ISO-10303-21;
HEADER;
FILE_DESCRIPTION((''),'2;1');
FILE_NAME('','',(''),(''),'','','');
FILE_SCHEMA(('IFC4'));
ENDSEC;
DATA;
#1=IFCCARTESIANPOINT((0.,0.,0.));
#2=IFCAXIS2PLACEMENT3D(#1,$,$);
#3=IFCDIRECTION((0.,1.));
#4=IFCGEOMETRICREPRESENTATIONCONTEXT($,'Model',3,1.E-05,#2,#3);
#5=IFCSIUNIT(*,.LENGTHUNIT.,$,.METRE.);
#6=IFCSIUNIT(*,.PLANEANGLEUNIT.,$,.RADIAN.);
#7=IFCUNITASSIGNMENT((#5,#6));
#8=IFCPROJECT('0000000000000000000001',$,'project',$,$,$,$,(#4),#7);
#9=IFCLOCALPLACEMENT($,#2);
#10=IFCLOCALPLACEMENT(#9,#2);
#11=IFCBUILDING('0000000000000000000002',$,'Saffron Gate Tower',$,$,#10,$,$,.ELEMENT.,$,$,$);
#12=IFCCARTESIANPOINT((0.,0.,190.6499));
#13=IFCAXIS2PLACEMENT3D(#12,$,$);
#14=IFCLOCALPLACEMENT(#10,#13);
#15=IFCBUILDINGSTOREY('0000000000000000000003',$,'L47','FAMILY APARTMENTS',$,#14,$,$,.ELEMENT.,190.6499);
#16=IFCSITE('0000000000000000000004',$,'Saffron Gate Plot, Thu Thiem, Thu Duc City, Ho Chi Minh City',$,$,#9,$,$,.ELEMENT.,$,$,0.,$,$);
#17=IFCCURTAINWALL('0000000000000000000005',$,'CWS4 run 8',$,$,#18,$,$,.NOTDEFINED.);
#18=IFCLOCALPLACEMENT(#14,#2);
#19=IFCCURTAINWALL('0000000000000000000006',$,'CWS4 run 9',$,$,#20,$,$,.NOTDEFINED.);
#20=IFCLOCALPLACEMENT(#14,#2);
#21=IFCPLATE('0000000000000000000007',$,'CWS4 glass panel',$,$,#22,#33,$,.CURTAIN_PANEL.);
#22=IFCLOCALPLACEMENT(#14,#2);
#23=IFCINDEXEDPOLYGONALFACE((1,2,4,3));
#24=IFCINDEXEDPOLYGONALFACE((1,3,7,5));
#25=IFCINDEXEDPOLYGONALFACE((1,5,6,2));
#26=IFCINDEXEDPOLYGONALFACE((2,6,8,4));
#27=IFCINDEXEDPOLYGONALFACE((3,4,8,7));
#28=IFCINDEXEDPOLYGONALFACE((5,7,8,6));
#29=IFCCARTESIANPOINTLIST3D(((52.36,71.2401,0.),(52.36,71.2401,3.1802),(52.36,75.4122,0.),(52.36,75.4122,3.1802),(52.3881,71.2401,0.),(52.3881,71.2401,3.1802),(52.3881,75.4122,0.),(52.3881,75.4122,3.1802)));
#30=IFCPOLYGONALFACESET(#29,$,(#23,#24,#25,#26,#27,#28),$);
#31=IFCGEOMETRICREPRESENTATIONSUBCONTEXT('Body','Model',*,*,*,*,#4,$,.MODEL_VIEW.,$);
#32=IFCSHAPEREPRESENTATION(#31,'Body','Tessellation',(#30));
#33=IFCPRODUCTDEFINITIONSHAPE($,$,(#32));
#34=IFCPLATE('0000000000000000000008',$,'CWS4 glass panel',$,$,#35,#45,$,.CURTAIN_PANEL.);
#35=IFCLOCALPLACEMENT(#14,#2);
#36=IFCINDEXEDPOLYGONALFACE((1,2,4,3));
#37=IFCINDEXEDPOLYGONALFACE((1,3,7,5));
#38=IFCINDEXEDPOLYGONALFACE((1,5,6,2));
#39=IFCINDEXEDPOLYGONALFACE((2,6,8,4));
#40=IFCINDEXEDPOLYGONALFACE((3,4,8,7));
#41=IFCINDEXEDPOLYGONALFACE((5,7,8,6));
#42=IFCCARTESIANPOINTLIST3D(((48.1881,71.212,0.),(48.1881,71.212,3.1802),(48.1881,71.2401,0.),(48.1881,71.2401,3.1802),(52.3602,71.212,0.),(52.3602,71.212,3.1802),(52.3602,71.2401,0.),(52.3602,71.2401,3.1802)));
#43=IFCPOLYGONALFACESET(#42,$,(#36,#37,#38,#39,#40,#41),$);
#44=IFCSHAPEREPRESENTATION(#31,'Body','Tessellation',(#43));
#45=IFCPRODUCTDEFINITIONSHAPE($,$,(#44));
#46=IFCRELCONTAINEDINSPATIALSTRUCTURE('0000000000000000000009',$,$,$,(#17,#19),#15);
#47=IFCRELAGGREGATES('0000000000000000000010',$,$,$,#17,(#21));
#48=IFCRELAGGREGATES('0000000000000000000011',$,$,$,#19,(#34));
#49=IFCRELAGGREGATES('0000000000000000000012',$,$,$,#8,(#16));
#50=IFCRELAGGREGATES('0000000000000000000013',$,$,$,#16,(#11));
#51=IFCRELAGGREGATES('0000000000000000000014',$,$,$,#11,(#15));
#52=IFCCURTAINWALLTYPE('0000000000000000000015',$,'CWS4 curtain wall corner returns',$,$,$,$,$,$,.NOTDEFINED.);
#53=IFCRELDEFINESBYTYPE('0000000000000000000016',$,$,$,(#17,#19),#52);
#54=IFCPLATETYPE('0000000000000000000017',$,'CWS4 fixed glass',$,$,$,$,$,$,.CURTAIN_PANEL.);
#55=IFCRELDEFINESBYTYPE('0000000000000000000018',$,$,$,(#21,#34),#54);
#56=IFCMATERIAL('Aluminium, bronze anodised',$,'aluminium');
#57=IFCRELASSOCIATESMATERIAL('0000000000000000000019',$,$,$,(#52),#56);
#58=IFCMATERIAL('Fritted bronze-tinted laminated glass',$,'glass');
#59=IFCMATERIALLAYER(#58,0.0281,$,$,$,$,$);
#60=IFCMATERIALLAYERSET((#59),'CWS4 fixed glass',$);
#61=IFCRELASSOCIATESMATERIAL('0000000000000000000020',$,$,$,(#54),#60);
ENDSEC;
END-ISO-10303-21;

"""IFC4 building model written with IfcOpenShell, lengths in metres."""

from ifc_helpers import new_model, si_unit, direction, frame, frame_2d, origin, place, context, subcontext, project, spatial, rectangle, extrude, material, layer, layer_set, type_object, element, aggregate, save


model = new_model("IFC4")

# Units and contexts
model_context = context("Model", 3, precision=1e-05, world=origin(), true_north=direction((0.0, 1.0)))
body_context = subcontext(model_context, "Body", "Model", "MODEL_VIEW")
ifc_project = project(units=[si_unit("LENGTHUNIT", "METRE"), si_unit("PLANEANGLEUNIT", "RADIAN")], contexts=[model_context])

# Site, building, storey
site_placement = place(None, origin())
site = spatial("IfcSite", under=ifc_project, at=site_placement, Name="Saffron Gate Plot, Thu Thiem, Thu Duc City, Ho Chi Minh City", CompositionType="ELEMENT", RefElevation=0.0)
building_placement = place(site_placement, origin())
building = spatial("IfcBuilding", under=site, at=building_placement, Name="Saffron Gate Tower", CompositionType="ELEMENT")
storey_placement = place(building_placement, frame((0.0, 0.0, 190.6499)))
storey = spatial("IfcBuildingStorey", under=building, at=storey_placement, Name="L47", Description="FAMILY APARTMENTS", CompositionType="ELEMENT", Elevation=190.6499)

# Shared definitions
ifc_material_1 = material(Name="Aluminium, bronze anodised", Category="aluminium")

# Curtain walls
curtain_wall_type_1 = type_object("IfcCurtainWallType", Name="CWS4 curtain wall corner returns", PredefinedType="NOTDEFINED", material=ifc_material_1)
curtain_wall_1_placement = place(storey_placement, origin())
curtain_wall_1 = element("IfcCurtainWall", 1, at=curtain_wall_1_placement, inside=storey, type_object=curtain_wall_type_1, Name="CWS4 run 8", PredefinedType="NOTDEFINED")
curtain_wall_2_placement = place(storey_placement, origin())
curtain_wall_2 = element("IfcCurtainWall", 2, at=curtain_wall_2_placement, inside=storey, type_object=curtain_wall_type_1, Name="CWS4 run 9", PredefinedType="NOTDEFINED")

# Shared definitions
ifc_material_2 = material(Name="Fritted bronze-tinted laminated glass", Category="glass")

# Plates
ifc_layer_1 = layer(ifc_material_2, 0.0281)
ifc_layer_set_1 = layer_set([ifc_layer_1], Name="CWS4 fixed glass")
plate_type_1 = type_object("IfcPlateType", Name="CWS4 fixed glass", PredefinedType="CURTAIN_PANEL", material=ifc_layer_set_1)
plate_1_placement = place(storey_placement, frame((52.374, 75.4121, 0.0), z_axis=(0.0, 0.0, 1.0), x_axis=(0.0, -1.0, 0.0)))
plate_1 = element("IfcPlate", 3, at=plate_1_placement, type_object=plate_type_1, Name="CWS4 glass panel", PredefinedType="CURTAIN_PANEL", context=body_context, shape_type="SweptSolid", body=[
    extrude(rectangle(XDim=4.1721, YDim=0.0281, at=frame_2d((2.0859, 0.0))), origin(), (0.0, 0.0, 1.0), 3.1802),
])
aggregate(curtain_wall_1, [plate_1])
plate_2_placement = place(storey_placement, frame((52.3601, 71.2261, 0.0), z_axis=(0.0, 0.0, 1.0), x_axis=(-1.0, 0.0, 0.0)))
plate_2 = element("IfcPlate", 4, at=plate_2_placement, type_object=plate_type_1, Name="CWS4 glass panel", PredefinedType="CURTAIN_PANEL", context=body_context, shape_type="SweptSolid", body=[
    extrude(rectangle(XDim=4.1721, YDim=0.0281, at=frame_2d((2.0859, 0.0))), origin(), (0.0, 0.0, 1.0), 3.1802),
])
aggregate(curtain_wall_2, [plate_2])

save(model, "model.ifc")
